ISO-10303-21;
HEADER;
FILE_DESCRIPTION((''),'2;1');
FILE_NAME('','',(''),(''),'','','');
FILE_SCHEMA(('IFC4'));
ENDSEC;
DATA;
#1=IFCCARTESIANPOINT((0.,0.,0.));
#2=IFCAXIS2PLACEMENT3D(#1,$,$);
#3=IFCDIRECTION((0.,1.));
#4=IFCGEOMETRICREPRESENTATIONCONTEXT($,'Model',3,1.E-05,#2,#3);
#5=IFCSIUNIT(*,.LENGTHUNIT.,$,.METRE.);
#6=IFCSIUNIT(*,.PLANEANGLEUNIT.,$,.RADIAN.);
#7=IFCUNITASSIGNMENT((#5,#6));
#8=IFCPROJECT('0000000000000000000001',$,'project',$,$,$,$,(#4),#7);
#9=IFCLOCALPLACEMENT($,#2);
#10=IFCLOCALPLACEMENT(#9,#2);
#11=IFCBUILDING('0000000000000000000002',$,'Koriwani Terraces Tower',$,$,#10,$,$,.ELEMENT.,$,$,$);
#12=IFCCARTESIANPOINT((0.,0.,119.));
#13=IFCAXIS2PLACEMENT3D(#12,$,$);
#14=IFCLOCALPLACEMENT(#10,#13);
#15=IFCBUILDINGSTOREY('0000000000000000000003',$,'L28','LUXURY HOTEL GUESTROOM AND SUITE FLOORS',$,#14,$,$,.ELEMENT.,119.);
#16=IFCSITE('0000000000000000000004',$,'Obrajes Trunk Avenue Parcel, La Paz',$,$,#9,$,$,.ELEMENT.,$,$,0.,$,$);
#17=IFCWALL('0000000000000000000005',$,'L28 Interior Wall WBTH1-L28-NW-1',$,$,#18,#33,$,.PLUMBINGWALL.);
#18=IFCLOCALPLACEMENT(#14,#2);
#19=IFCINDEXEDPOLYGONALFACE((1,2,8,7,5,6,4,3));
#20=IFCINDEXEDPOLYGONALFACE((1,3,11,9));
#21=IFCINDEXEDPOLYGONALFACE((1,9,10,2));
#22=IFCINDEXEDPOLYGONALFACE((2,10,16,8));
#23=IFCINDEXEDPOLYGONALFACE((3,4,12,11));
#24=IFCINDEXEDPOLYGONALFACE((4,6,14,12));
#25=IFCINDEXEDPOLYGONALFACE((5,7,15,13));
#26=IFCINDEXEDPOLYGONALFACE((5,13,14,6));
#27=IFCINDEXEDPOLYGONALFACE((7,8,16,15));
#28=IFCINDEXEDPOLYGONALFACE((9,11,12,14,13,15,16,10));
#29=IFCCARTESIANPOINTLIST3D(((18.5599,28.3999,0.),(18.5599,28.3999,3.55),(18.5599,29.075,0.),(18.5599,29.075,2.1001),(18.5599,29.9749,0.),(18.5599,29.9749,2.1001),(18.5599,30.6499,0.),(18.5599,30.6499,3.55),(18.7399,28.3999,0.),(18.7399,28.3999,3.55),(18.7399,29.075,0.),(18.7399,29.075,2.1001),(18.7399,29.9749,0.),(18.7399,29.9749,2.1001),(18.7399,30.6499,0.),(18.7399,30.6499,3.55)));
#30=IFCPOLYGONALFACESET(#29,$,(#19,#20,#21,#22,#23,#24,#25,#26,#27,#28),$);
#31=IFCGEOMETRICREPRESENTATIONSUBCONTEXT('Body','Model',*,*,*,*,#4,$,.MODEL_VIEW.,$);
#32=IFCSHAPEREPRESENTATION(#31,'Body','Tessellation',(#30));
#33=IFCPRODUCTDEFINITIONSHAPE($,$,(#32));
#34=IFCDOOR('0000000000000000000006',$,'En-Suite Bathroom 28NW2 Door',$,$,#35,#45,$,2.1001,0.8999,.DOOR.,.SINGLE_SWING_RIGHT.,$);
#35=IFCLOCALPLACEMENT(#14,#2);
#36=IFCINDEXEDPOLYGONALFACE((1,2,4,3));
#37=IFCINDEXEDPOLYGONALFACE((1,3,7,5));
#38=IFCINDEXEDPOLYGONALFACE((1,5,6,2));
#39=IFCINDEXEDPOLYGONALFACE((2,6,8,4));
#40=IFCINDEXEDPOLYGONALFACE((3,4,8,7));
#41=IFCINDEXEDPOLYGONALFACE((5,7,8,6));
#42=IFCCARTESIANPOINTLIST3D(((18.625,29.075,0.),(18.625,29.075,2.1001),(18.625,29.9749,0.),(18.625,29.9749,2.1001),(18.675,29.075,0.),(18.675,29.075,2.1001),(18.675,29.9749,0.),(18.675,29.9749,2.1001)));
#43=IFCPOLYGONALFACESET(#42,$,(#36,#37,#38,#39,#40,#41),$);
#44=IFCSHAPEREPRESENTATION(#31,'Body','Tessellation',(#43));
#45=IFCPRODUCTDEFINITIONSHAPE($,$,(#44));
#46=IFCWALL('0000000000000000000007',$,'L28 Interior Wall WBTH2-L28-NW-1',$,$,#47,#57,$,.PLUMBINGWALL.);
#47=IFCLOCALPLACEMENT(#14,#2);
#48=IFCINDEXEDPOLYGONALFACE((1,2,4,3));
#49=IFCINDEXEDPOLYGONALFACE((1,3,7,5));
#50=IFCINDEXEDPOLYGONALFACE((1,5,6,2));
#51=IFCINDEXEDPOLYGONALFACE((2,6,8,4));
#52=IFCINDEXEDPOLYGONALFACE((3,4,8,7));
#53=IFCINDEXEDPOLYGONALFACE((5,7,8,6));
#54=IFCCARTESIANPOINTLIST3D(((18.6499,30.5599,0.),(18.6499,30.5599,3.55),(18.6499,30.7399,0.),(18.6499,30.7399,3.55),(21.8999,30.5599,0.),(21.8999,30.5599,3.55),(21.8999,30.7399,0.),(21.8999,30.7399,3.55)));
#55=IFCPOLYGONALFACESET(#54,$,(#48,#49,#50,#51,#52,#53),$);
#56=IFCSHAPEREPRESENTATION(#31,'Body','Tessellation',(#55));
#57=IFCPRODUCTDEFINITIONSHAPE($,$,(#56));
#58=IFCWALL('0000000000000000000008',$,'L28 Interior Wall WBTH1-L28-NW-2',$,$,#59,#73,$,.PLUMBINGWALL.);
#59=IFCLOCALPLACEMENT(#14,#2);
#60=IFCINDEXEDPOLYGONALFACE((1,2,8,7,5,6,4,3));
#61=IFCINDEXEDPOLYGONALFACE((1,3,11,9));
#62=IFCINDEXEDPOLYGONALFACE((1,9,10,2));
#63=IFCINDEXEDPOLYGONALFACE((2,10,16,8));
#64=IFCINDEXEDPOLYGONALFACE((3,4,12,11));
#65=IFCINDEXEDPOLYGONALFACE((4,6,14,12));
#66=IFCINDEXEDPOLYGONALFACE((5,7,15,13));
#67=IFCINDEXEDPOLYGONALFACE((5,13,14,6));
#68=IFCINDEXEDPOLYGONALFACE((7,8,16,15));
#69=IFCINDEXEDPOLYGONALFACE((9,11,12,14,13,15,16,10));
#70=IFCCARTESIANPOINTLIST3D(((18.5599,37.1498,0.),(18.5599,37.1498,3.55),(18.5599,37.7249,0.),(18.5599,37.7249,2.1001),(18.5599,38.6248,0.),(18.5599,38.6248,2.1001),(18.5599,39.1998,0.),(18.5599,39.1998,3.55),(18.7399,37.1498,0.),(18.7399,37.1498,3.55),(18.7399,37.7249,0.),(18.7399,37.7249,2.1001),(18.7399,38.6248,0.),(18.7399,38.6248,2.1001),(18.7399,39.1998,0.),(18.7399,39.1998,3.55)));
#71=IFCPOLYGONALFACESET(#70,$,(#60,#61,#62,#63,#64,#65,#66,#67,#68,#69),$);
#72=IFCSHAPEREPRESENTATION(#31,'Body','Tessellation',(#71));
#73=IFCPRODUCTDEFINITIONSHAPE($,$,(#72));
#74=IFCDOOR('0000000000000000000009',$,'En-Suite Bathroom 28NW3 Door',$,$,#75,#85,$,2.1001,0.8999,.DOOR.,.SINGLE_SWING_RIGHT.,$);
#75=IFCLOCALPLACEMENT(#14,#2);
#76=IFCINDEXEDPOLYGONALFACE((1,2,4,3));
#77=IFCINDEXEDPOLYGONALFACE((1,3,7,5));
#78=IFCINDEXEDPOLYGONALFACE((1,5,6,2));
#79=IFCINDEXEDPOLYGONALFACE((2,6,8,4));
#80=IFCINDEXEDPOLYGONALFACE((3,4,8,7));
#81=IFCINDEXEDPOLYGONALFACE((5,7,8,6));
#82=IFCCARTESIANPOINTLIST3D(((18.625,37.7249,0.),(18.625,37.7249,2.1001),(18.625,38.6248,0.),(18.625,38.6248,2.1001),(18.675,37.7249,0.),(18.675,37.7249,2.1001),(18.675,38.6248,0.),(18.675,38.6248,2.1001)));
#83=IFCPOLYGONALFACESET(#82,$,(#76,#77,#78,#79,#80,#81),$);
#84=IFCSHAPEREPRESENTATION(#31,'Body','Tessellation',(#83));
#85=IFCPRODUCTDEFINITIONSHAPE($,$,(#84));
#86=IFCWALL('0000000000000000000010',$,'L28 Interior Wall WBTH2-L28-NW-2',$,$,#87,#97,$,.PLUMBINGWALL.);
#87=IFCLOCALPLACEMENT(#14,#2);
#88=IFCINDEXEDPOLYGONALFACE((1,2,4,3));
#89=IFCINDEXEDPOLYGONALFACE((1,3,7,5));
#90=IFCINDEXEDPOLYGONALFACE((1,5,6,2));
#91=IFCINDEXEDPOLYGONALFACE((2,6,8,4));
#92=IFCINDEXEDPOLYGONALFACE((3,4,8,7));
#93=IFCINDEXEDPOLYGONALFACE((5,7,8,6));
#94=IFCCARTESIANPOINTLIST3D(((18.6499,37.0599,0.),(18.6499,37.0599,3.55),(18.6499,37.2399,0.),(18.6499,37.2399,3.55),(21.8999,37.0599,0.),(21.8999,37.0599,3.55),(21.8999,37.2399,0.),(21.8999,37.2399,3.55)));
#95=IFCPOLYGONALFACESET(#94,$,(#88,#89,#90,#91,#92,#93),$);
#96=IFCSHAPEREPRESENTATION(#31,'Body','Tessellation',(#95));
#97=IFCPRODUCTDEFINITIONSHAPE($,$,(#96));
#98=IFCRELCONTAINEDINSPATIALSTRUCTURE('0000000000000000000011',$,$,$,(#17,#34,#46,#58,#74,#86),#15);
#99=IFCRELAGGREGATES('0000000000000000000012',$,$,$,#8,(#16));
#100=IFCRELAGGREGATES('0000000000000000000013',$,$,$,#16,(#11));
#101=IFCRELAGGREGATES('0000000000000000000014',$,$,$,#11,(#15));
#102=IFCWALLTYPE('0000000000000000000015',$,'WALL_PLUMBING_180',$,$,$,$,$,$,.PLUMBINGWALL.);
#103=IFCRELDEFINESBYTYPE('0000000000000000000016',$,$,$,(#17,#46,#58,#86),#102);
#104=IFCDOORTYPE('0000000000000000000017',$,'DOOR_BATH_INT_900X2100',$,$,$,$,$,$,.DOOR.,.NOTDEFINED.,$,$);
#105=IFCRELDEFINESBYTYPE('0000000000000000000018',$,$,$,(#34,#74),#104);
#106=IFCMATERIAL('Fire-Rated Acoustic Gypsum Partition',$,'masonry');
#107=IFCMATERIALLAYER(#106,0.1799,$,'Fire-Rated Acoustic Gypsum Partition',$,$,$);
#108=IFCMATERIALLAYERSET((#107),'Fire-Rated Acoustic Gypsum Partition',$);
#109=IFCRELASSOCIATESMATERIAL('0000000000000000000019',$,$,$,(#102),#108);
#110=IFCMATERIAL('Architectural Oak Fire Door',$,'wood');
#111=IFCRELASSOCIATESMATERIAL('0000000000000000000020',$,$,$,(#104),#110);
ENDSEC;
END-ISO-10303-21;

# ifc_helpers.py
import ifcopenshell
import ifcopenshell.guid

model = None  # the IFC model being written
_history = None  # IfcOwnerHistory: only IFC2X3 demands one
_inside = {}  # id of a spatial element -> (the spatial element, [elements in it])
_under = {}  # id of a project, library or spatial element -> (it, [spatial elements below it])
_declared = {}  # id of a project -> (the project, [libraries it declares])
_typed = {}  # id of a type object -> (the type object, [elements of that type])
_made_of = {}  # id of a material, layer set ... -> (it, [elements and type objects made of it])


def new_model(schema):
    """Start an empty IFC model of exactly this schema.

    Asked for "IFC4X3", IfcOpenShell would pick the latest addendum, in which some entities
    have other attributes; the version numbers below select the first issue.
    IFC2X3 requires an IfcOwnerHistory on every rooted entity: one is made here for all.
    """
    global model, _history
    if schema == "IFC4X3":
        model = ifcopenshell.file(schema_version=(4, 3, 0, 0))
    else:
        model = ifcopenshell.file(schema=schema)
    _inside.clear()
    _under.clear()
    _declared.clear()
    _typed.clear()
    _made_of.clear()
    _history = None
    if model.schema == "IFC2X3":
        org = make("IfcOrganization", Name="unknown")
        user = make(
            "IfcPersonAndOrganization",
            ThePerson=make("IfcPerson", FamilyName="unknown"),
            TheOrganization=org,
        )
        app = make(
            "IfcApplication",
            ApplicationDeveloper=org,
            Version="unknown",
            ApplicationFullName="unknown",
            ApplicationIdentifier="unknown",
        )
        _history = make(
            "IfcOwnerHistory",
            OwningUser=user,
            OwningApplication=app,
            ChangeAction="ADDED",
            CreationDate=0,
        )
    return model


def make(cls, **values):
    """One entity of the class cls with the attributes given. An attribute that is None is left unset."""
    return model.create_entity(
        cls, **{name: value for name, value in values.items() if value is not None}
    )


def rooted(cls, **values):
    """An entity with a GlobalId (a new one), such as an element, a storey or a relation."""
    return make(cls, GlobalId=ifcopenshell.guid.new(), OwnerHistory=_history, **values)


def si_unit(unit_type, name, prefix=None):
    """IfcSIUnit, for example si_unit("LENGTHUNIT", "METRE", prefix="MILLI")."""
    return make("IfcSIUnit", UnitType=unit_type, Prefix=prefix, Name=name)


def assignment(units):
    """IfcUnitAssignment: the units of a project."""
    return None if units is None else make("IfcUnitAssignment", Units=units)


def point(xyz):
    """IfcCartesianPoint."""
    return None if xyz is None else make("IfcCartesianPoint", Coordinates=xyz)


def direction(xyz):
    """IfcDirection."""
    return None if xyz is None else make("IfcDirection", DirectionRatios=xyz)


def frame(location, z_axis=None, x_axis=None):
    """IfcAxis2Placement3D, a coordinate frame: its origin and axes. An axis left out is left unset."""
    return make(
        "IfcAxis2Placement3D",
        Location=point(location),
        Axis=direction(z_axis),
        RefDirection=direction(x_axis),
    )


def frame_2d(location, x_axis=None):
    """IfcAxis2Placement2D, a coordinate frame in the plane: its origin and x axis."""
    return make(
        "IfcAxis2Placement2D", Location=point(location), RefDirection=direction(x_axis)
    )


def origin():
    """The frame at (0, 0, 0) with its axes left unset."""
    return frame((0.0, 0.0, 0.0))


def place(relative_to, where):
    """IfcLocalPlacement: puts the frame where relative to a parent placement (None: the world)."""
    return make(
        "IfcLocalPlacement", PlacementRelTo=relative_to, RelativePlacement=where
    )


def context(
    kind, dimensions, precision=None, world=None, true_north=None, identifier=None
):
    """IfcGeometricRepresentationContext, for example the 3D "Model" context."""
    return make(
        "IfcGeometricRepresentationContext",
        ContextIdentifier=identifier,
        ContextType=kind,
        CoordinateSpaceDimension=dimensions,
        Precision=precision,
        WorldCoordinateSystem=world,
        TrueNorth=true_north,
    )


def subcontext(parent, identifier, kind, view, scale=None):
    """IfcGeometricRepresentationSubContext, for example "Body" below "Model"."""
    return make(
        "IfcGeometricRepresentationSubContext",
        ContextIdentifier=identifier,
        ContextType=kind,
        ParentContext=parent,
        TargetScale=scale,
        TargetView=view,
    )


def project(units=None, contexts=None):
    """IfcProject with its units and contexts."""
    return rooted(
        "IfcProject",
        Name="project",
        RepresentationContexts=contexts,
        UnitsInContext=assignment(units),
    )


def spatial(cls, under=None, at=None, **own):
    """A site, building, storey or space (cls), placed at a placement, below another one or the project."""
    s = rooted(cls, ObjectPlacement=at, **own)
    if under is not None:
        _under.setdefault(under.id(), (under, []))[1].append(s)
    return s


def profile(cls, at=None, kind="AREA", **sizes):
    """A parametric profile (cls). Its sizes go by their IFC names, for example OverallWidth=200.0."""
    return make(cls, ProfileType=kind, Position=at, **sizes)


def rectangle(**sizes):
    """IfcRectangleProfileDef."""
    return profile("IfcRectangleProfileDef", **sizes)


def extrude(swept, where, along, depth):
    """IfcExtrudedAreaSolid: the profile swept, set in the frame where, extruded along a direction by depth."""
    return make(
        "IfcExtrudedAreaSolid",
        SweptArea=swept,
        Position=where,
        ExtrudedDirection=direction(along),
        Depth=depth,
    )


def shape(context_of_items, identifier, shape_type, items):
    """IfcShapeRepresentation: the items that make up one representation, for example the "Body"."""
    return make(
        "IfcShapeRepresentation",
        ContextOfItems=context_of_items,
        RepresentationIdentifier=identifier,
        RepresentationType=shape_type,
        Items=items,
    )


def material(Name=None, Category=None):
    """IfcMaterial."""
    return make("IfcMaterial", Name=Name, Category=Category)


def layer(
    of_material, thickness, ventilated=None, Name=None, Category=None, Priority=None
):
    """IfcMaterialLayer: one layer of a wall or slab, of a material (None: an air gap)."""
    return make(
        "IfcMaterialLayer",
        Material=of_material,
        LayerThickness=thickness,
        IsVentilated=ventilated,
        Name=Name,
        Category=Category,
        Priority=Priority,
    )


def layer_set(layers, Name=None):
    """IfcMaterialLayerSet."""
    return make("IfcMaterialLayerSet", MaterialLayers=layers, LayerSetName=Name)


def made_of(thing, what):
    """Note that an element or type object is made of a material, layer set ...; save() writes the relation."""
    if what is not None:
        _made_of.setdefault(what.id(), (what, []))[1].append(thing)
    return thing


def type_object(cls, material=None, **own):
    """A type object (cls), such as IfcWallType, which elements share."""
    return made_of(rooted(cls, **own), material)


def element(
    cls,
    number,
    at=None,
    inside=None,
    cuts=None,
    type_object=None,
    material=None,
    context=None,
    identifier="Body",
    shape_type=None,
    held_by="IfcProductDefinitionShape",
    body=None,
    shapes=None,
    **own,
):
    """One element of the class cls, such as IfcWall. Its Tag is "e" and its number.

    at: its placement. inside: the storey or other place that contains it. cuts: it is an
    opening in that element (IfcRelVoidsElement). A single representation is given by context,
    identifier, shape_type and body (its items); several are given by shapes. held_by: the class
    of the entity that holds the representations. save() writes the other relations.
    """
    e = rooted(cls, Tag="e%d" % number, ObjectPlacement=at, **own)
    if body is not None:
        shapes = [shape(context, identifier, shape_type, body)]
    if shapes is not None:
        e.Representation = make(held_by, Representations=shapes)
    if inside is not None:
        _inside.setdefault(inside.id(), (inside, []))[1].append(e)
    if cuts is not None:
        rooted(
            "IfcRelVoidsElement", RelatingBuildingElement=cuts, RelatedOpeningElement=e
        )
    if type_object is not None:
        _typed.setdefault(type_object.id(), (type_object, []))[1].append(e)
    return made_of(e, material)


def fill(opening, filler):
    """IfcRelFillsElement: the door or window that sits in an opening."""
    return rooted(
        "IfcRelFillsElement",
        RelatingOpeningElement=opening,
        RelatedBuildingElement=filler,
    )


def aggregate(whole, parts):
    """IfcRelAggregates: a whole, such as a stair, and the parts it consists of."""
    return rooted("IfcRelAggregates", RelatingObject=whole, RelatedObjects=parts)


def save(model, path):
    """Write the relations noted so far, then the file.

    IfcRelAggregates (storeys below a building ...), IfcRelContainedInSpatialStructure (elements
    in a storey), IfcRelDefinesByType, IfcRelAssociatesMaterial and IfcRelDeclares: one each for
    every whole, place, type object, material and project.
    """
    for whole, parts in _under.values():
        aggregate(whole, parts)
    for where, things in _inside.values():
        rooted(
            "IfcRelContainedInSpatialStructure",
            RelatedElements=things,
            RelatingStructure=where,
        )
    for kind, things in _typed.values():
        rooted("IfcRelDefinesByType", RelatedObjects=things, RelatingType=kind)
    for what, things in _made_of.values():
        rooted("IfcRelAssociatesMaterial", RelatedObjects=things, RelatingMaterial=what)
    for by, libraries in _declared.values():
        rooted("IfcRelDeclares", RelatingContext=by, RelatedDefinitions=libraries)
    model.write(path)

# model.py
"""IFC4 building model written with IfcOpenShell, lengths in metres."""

from ifc_helpers import new_model, si_unit, direction, frame, frame_2d, origin, place, context, subcontext, project, spatial, rectangle, extrude, material, layer, layer_set, type_object, element, fill, save


model = new_model("IFC4")

# Units and contexts
model_context = context("Model", 3, precision=1e-05, world=origin(), true_north=direction((0.0, 1.0)))
body_context = subcontext(model_context, "Body", "Model", "MODEL_VIEW")
ifc_project = project(units=[si_unit("LENGTHUNIT", "METRE"), si_unit("PLANEANGLEUNIT", "RADIAN")], contexts=[model_context])

# Site, building, storey
site_placement = place(None, origin())
site = spatial("IfcSite", under=ifc_project, at=site_placement, Name="Obrajes Trunk Avenue Parcel, La Paz", CompositionType="ELEMENT", RefElevation=0.0)
building_placement = place(site_placement, origin())
building = spatial("IfcBuilding", under=site, at=building_placement, Name="Koriwani Terraces Tower", CompositionType="ELEMENT")
storey_placement = place(building_placement, frame((0.0, 0.0, 119.0)))
storey = spatial("IfcBuildingStorey", under=building, at=storey_placement, Name="L28", Description="LUXURY HOTEL GUESTROOM AND SUITE FLOORS", CompositionType="ELEMENT", Elevation=119.0)

# Shared definitions
ifc_material_1 = material(Name="Architectural Oak Fire Door", Category="wood")

# Wall, opening, door
ifc_material_2 = material(Name="Fire-Rated Acoustic Gypsum Partition", Category="masonry")
ifc_layer_1 = layer(ifc_material_2, 0.1799, Name="Fire-Rated Acoustic Gypsum Partition")
ifc_layer_set_1 = layer_set([ifc_layer_1], Name="Fire-Rated Acoustic Gypsum Partition")
wall_type_1 = type_object("IfcWallType", Name="WALL_PLUMBING_180", PredefinedType="PLUMBINGWALL", material=ifc_layer_set_1)
wall_1_placement = place(storey_placement, frame((18.6499, 28.3999, 0.0), z_axis=(0.0, 0.0, 1.0), x_axis=(0.0, 1.0, 0.0)))
wall_1 = element("IfcWall", 1, at=wall_1_placement, inside=storey, type_object=wall_type_1, Name="L28 Interior Wall WBTH1-L28-NW-1", PredefinedType="PLUMBINGWALL", context=body_context, shape_type="SweptSolid", body=[
    extrude(rectangle(XDim=2.25, YDim=0.1799, at=frame_2d((1.125, 0.0))), origin(), (0.0, 0.0, 1.0), 3.55),
])
opening_1_placement = place(wall_1_placement, frame((0.675, 0.0, 0.0)))
opening_1 = element("IfcOpeningElement", 2, at=opening_1_placement, cuts=wall_1, PredefinedType="OPENING", context=body_context, shape_type="SweptSolid", body=[
    extrude(rectangle(XDim=0.8999, YDim=2.1001, at=frame_2d((0.45, 1.05))), frame((0.0, 0.1001, 0.0), z_axis=(0.0, -1.0, 0.0), x_axis=(1.0, 0.0, 0.0)), (0.0, 0.0, 1.0), 0.2),
])
door_type_1 = type_object("IfcDoorType", Name="DOOR_BATH_INT_900X2100", OperationType="NOTDEFINED", PredefinedType="DOOR", material=ifc_material_1)
door_1_placement = place(opening_1_placement, origin())
door_1 = element("IfcDoor", 3, at=door_1_placement, inside=storey, type_object=door_type_1, Name="En-Suite Bathroom 28NW2 Door", OperationType="SINGLE_SWING_RIGHT", OverallHeight=2.1001, OverallWidth=0.8999, PredefinedType="DOOR", context=body_context, shape_type="SweptSolid", body=[
    extrude(rectangle(XDim=0.8999, YDim=2.1001, at=frame_2d((0.45, 1.05))), frame((0.0, 0.0249, 0.0), z_axis=(0.0, -1.0, 0.0), x_axis=(1.0, 0.0, 0.0)), (0.0, 0.0, 1.0), 0.05),
])
fill(opening_1, door_1)

# Wall
wall_2_placement = place(storey_placement, frame((18.6499, 30.6499, 0.0), z_axis=(0.0, 0.0, 1.0), x_axis=(1.0, 0.0, 0.0)))
element("IfcWall", 4, at=wall_2_placement, inside=storey, type_object=wall_type_1, Name="L28 Interior Wall WBTH2-L28-NW-1", PredefinedType="PLUMBINGWALL", context=body_context, shape_type="SweptSolid", body=[
    extrude(rectangle(XDim=3.25, YDim=0.1799, at=frame_2d((1.625, 0.0))), origin(), (0.0, 0.0, 1.0), 3.55),
])

# Wall, opening, door
wall_3_placement = place(storey_placement, frame((18.6499, 37.1499, 0.0), z_axis=(0.0, 0.0, 1.0), x_axis=(0.0, 1.0, 0.0)))
wall_3 = element("IfcWall", 5, at=wall_3_placement, inside=storey, type_object=wall_type_1, Name="L28 Interior Wall WBTH1-L28-NW-2", PredefinedType="PLUMBINGWALL", context=body_context, shape_type="SweptSolid", body=[
    extrude(rectangle(XDim=2.05, YDim=0.1799, at=frame_2d((1.0249, 0.0))), origin(), (0.0, 0.0, 1.0), 3.55),
])
opening_2_placement = place(wall_3_placement, frame((0.575, 0.0, 0.0)))
opening_2 = element("IfcOpeningElement", 6, at=opening_2_placement, cuts=wall_3, PredefinedType="OPENING", context=body_context, shape_type="SweptSolid", body=[
    extrude(rectangle(XDim=0.8999, YDim=2.1001, at=frame_2d((0.45, 1.05))), frame((0.0, 0.1001, 0.0), z_axis=(0.0, -1.0, 0.0), x_axis=(1.0, 0.0, 0.0)), (0.0, 0.0, 1.0), 0.2),
])
door_2_placement = place(opening_2_placement, origin())
door_2 = element("IfcDoor", 7, at=door_2_placement, inside=storey, type_object=door_type_1, Name="En-Suite Bathroom 28NW3 Door", OperationType="SINGLE_SWING_RIGHT", OverallHeight=2.1001, OverallWidth=0.8999, PredefinedType="DOOR", context=body_context, shape_type="SweptSolid", body=[
    extrude(rectangle(XDim=0.8999, YDim=2.1001, at=frame_2d((0.45, 1.05))), frame((0.0, 0.0249, 0.0), z_axis=(0.0, -1.0, 0.0), x_axis=(1.0, 0.0, 0.0)), (0.0, 0.0, 1.0), 0.05),
])
fill(opening_2, door_2)

# Wall
wall_4_placement = place(storey_placement, frame((18.6499, 37.1499, 0.0), z_axis=(0.0, 0.0, 1.0), x_axis=(1.0, 0.0, 0.0)))
element("IfcWall", 8, at=wall_4_placement, inside=storey, type_object=wall_type_1, Name="L28 Interior Wall WBTH2-L28-NW-2", PredefinedType="PLUMBINGWALL", context=body_context, shape_type="SweptSolid", body=[
    extrude(rectangle(XDim=3.25, YDim=0.1799, at=frame_2d((1.625, 0.0))), origin(), (0.0, 0.0, 1.0), 3.55),
])

save(model, "model.ifc")
